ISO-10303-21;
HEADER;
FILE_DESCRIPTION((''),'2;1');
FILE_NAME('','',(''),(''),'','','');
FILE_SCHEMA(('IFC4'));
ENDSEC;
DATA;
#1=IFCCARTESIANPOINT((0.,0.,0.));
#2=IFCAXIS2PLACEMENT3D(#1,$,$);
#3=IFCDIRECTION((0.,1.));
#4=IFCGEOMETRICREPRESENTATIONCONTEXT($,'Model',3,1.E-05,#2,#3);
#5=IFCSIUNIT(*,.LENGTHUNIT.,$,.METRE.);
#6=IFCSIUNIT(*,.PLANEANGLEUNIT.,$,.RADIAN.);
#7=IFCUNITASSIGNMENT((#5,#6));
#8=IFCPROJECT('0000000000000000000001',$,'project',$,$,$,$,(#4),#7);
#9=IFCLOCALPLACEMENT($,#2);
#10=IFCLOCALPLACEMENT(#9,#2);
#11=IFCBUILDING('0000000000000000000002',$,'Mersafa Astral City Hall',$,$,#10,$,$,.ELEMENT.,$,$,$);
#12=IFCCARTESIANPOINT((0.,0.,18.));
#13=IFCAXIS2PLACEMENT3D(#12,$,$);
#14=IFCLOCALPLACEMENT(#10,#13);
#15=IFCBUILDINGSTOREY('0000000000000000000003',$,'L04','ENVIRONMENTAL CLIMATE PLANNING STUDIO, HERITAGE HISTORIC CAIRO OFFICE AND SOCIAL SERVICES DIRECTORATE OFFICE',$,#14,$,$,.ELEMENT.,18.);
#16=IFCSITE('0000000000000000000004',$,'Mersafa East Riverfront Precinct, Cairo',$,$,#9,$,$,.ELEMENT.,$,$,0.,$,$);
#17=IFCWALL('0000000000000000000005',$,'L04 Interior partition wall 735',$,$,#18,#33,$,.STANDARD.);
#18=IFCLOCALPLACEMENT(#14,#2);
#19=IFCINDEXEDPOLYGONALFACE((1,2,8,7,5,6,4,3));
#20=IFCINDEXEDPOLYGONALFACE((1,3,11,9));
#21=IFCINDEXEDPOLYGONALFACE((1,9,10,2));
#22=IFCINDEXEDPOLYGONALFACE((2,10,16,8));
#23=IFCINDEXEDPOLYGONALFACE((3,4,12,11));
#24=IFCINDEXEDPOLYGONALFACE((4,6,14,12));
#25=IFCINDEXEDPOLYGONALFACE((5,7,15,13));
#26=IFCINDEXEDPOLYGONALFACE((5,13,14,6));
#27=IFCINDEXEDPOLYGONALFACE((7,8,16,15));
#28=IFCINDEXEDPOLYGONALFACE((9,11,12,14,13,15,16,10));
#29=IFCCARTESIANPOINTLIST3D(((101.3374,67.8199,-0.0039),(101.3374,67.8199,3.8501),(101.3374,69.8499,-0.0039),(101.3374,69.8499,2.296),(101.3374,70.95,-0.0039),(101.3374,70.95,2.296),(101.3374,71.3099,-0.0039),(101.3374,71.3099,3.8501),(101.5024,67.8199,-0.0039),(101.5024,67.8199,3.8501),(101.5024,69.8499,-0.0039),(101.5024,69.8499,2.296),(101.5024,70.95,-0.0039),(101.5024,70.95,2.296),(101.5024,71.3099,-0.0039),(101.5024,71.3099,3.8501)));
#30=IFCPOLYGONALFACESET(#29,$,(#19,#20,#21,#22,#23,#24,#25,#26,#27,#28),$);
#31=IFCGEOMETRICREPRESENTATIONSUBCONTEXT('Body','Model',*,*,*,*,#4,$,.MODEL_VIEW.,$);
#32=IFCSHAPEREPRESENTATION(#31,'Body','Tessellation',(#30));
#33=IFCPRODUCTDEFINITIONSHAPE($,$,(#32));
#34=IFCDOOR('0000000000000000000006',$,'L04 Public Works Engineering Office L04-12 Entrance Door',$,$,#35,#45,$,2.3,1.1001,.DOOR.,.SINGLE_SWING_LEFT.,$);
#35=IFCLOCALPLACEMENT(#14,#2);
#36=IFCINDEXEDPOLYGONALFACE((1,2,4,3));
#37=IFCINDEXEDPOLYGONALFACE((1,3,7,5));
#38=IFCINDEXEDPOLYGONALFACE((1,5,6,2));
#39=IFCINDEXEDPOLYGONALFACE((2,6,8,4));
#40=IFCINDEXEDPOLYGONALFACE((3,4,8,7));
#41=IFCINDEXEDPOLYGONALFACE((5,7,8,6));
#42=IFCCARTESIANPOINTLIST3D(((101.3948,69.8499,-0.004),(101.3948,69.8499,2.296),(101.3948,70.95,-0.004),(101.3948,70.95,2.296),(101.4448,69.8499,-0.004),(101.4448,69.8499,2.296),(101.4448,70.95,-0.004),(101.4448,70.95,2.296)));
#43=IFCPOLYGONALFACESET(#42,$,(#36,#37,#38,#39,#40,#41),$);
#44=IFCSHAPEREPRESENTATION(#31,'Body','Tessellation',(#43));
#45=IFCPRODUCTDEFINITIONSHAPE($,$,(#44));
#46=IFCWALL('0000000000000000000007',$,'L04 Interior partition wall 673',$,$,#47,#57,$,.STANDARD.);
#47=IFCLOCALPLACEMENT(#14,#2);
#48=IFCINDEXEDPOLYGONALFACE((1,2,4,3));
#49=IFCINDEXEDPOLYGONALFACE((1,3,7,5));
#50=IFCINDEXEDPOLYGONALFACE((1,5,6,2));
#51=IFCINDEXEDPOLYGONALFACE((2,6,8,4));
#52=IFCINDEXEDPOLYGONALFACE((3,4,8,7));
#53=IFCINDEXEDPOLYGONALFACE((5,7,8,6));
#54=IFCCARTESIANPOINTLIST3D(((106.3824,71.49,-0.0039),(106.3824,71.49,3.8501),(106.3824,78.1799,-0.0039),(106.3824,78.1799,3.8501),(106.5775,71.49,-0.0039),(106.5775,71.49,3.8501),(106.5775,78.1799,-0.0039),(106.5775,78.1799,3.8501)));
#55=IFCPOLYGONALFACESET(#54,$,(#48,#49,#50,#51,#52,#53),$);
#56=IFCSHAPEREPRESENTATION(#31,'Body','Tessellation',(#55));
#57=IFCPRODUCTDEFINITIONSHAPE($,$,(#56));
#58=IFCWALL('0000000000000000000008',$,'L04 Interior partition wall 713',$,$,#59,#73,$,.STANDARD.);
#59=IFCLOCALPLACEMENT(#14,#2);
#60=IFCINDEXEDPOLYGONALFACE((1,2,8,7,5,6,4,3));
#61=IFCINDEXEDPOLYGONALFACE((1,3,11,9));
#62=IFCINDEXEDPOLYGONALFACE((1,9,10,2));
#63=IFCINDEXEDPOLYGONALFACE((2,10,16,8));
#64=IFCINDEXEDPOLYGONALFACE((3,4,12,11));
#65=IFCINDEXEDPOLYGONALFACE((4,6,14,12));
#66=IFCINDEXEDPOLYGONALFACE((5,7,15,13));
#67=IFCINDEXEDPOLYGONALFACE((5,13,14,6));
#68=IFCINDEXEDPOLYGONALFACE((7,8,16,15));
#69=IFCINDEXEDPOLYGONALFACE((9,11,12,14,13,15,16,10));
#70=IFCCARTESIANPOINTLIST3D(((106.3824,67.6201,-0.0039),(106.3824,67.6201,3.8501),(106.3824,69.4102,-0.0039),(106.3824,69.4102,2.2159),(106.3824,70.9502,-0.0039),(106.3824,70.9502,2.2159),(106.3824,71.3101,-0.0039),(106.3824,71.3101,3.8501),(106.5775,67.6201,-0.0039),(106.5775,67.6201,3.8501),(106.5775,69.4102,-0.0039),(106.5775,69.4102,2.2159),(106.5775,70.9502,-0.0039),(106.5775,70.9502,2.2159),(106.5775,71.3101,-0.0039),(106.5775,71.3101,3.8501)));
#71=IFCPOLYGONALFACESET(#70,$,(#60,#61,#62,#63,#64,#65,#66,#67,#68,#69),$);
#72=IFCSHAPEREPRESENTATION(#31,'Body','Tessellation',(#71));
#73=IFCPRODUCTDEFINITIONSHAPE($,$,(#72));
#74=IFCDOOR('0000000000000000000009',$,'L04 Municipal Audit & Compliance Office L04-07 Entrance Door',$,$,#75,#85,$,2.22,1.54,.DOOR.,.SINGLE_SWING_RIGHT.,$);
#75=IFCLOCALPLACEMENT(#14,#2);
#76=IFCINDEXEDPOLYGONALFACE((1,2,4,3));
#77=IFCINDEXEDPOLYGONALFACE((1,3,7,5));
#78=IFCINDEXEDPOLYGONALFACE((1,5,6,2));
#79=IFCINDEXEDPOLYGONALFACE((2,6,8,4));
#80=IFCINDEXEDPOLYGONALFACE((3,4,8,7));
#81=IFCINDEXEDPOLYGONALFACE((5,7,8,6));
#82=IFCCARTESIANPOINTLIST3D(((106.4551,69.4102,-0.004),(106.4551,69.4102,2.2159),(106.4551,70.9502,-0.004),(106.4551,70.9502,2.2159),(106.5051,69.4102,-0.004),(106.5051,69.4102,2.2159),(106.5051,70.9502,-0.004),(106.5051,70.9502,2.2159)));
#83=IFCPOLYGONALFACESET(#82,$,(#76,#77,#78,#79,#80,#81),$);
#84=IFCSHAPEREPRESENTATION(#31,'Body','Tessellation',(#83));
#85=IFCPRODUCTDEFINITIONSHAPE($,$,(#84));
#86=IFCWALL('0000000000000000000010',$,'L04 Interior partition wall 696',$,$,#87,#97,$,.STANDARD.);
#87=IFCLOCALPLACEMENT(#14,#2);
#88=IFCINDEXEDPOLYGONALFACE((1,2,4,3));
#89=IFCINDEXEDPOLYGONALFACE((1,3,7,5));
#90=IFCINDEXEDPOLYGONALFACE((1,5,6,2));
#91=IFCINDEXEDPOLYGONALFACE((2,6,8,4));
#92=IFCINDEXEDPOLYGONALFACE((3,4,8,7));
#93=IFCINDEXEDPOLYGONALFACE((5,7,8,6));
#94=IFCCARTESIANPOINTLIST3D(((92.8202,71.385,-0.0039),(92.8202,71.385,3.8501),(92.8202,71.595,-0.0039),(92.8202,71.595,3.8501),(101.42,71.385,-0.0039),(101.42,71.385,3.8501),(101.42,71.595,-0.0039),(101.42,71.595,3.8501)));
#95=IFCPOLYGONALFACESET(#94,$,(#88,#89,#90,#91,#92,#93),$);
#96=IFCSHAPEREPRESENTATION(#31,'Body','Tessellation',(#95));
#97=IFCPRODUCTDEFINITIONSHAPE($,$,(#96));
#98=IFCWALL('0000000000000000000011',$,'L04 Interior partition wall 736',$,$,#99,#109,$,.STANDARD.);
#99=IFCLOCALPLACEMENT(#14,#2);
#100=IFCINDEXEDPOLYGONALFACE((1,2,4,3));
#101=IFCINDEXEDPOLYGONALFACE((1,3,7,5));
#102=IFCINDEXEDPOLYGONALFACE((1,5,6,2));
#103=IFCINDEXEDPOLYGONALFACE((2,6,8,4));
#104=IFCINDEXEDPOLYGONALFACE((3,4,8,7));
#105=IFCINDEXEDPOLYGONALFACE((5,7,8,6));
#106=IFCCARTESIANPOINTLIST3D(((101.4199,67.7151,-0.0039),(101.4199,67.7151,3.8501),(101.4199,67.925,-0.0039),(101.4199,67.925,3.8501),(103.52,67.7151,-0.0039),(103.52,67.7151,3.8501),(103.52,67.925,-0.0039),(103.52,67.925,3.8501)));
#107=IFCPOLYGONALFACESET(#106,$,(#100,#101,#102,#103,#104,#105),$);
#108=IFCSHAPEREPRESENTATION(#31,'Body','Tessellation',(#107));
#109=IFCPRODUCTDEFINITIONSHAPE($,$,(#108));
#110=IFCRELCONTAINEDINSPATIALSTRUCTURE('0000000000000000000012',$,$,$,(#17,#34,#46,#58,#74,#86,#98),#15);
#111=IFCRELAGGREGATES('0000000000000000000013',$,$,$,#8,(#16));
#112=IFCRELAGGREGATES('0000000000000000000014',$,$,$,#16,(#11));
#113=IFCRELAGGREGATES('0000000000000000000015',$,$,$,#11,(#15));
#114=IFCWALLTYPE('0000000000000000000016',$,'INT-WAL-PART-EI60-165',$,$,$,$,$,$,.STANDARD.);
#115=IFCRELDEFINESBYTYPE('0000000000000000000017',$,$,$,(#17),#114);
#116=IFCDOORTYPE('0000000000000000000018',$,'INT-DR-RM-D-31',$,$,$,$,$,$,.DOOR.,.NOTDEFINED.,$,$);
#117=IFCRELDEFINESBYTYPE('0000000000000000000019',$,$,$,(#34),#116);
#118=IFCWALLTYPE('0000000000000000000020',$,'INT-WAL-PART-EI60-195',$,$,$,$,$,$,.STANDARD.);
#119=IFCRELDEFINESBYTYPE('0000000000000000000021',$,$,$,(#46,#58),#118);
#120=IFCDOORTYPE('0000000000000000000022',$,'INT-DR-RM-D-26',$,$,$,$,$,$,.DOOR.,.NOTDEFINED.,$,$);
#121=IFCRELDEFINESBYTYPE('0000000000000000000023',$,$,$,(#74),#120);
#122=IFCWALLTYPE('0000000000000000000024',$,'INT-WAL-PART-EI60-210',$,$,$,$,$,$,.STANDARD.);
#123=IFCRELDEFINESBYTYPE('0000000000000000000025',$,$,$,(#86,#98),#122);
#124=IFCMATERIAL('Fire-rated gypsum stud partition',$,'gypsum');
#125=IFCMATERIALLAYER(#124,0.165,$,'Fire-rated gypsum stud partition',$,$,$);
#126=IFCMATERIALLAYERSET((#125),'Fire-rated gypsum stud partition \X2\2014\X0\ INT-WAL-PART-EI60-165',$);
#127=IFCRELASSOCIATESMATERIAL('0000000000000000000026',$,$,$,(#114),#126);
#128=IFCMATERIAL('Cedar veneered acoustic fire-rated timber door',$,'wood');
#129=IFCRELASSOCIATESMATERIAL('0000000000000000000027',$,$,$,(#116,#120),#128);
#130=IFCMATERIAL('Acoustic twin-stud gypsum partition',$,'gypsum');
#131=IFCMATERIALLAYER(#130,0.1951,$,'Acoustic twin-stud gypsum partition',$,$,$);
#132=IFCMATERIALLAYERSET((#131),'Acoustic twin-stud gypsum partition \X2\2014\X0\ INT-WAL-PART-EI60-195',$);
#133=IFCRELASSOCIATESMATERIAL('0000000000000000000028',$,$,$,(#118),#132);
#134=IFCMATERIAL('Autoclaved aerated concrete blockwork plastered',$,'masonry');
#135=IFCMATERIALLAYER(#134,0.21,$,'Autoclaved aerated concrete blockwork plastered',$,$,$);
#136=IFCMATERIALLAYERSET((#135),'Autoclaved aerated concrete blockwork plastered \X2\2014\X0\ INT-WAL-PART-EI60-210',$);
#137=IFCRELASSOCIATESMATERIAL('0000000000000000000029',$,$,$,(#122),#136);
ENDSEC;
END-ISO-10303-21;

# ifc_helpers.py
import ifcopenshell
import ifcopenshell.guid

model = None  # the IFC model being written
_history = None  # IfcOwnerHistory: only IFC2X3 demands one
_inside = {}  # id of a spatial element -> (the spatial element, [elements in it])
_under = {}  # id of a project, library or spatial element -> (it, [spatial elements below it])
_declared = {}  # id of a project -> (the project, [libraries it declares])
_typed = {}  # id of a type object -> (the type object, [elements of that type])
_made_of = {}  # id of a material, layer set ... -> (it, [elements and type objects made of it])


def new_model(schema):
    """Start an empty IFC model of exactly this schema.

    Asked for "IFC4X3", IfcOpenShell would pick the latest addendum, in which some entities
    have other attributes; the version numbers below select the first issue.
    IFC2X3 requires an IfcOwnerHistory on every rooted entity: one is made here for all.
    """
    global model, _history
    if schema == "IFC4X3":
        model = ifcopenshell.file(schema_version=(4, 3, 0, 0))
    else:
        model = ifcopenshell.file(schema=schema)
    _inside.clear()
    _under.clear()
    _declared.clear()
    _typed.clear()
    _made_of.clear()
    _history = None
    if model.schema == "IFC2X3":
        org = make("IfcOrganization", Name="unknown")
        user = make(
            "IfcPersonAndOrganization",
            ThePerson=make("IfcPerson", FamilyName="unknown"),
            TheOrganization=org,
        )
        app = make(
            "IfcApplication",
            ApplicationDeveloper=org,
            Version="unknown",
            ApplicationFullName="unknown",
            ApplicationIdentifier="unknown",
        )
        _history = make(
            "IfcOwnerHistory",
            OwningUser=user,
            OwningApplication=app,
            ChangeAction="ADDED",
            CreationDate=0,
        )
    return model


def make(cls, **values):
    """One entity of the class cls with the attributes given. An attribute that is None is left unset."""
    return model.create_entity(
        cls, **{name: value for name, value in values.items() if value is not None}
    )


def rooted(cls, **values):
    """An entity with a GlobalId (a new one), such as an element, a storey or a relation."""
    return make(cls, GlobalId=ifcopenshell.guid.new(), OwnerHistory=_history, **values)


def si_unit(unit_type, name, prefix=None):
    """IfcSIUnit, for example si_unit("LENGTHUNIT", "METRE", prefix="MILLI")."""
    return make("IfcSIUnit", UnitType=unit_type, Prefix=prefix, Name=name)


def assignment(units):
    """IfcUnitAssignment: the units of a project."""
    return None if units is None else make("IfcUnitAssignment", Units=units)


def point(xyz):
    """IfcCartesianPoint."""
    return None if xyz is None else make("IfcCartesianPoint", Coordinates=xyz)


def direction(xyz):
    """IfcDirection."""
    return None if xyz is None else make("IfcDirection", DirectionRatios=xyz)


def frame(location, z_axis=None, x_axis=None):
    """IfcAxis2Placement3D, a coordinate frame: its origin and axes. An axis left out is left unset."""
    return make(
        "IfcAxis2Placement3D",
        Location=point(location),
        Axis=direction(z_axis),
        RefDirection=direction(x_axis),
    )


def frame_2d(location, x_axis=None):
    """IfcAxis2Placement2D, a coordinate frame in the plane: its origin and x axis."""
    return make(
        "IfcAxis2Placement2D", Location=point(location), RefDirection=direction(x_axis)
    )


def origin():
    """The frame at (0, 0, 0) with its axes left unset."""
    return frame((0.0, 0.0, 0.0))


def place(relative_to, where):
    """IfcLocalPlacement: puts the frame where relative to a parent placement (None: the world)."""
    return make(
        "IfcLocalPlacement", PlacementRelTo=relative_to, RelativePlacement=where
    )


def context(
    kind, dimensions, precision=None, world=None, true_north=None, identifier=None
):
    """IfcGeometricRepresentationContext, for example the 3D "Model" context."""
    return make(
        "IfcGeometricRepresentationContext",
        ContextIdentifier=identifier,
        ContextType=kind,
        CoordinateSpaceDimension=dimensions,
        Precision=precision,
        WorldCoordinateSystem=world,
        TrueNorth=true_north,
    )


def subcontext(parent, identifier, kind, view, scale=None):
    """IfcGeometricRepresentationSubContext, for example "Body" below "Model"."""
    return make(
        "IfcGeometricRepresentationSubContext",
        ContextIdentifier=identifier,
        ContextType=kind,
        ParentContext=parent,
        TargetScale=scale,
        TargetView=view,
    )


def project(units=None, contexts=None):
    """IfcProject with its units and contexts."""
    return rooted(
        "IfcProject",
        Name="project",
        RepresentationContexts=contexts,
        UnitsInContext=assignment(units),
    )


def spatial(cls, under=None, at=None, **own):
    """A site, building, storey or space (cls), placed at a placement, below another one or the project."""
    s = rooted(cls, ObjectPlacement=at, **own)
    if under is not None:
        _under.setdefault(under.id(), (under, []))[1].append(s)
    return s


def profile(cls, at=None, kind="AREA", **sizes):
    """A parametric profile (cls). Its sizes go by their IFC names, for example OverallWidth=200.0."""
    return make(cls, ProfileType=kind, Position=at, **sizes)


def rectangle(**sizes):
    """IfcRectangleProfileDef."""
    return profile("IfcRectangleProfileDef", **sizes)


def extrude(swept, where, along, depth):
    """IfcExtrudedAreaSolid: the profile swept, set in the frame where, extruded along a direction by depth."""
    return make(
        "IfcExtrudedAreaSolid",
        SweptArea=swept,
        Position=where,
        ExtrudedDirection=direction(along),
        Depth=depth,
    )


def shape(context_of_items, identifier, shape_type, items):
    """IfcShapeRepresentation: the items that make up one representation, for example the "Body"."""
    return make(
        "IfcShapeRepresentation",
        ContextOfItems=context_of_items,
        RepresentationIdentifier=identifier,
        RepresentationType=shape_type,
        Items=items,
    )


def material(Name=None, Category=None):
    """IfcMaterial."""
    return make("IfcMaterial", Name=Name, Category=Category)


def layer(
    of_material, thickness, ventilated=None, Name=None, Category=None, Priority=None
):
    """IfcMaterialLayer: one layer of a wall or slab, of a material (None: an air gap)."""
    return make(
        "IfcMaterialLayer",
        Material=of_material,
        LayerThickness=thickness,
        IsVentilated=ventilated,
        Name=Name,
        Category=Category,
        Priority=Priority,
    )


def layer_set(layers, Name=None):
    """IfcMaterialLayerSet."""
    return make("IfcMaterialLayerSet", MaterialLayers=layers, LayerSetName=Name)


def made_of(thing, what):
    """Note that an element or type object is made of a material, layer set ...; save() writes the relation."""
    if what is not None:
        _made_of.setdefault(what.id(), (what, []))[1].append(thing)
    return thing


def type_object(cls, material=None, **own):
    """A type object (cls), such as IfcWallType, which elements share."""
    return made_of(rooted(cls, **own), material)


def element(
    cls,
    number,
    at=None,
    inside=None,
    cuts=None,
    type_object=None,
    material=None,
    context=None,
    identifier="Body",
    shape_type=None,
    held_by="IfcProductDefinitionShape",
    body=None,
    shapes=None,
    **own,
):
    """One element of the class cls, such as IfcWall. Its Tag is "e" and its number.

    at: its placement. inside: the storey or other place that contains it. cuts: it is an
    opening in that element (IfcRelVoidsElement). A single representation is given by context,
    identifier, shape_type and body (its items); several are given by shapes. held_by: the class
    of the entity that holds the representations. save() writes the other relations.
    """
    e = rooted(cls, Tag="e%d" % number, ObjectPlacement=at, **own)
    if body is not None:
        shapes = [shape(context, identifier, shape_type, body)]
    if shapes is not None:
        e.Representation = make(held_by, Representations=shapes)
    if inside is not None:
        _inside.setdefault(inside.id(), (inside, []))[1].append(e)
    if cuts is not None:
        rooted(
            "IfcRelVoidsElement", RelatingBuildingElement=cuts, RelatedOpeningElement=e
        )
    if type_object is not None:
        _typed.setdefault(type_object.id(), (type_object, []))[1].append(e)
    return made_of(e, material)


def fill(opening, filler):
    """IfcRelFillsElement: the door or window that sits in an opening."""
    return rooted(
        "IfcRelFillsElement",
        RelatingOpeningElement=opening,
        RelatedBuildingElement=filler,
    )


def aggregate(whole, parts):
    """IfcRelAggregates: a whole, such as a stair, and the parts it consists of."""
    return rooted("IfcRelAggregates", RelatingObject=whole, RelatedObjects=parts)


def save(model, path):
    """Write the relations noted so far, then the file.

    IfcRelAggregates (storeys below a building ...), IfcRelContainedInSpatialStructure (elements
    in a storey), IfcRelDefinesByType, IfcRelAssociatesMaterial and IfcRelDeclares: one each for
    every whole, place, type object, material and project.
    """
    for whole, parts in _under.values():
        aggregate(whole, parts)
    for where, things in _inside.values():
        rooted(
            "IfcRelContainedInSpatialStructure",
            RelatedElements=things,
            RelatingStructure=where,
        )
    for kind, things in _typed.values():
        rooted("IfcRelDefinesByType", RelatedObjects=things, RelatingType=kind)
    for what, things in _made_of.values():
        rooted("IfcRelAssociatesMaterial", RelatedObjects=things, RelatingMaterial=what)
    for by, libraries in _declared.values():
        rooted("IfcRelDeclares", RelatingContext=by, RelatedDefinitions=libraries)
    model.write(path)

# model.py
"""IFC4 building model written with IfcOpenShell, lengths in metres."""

from ifc_helpers import new_model, si_unit, direction, frame, frame_2d, origin, place, context, subcontext, project, spatial, rectangle, extrude, material, layer, layer_set, type_object, element, fill, save


model = new_model("IFC4")

# Units and contexts
model_context = context("Model", 3, precision=1e-05, world=origin(), true_north=direction((0.0, 1.0)))
body_context = subcontext(model_context, "Body", "Model", "MODEL_VIEW")
ifc_project = project(units=[si_unit("LENGTHUNIT", "METRE"), si_unit("PLANEANGLEUNIT", "RADIAN")], contexts=[model_context])

# Site, building, storey
site_placement = place(None, origin())
site = spatial("IfcSite", under=ifc_project, at=site_placement, Name="Mersafa East Riverfront Precinct, Cairo", CompositionType="ELEMENT", RefElevation=0.0)
building_placement = place(site_placement, origin())
building = spatial("IfcBuilding", under=site, at=building_placement, Name="Mersafa Astral City Hall", CompositionType="ELEMENT")
storey_placement = place(building_placement, frame((0.0, 0.0, 18.0)))
storey = spatial("IfcBuildingStorey", under=building, at=storey_placement, Name="L04", Description="ENVIRONMENTAL CLIMATE PLANNING STUDIO, HERITAGE HISTORIC CAIRO OFFICE AND SOCIAL SERVICES DIRECTORATE OFFICE", CompositionType="ELEMENT", Elevation=18.0)

# Wall, opening, door
ifc_material_1 = material(Name="Fire-rated gypsum stud partition", Category="gypsum")
ifc_layer_1 = layer(ifc_material_1, 0.165, Name="Fire-rated gypsum stud partition")
ifc_layer_set_1 = layer_set([ifc_layer_1], Name="Fire-rated gypsum stud partition — INT-WAL-PART-EI60-165")
wall_type_1 = type_object("IfcWallType", Name="INT-WAL-PART-EI60-165", PredefinedType="STANDARD", material=ifc_layer_set_1)
wall_1_placement = place(storey_placement, frame((101.4199, 71.3101, -0.0039), z_axis=(0.0, 0.0, 1.0), x_axis=(0.0, -1.0, 0.0)))
wall_1 = element("IfcWall", 1, at=wall_1_placement, inside=storey, type_object=wall_type_1, Name="L04 Interior partition wall 735", PredefinedType="STANDARD", context=body_context, shape_type="SweptSolid", body=[
    extrude(rectangle(XDim=3.49, YDim=0.165, at=frame_2d((1.7451, 0.0))), origin(), (0.0, 0.0, 1.0), 3.854),
])
opening_1_placement = place(wall_1_placement, frame((0.3601, 0.0, 0.0)))
opening_1 = element("IfcOpeningElement", 2, at=opening_1_placement, cuts=wall_1, PredefinedType="OPENING", context=body_context, shape_type="SweptSolid", body=[
    extrude(rectangle(XDim=1.1001, YDim=2.3, at=frame_2d((0.55, 1.1499))), frame((0.0, 0.0925, 0.0), z_axis=(0.0, -1.0, 0.0), x_axis=(1.0, 0.0, 0.0)), (0.0, 0.0, 1.0), 0.1851),
])
ifc_material_2 = material(Name="Cedar veneered acoustic fire-rated timber door", Category="wood")
door_type_1 = type_object("IfcDoorType", Name="INT-DR-RM-D-31", OperationType="NOTDEFINED", PredefinedType="DOOR", material=ifc_material_2)
door_1_placement = place(opening_1_placement, origin())
door_1 = element("IfcDoor", 3, at=door_1_placement, inside=storey, type_object=door_type_1, Name="L04 Public Works Engineering Office L04-12 Entrance Door", OperationType="SINGLE_SWING_LEFT", OverallHeight=2.3, OverallWidth=1.1001, PredefinedType="DOOR", context=body_context, shape_type="SweptSolid", body=[
    extrude(rectangle(XDim=1.1001, YDim=2.3, at=frame_2d((0.55, 1.1499))), frame((0.0, 0.0249, 0.0), z_axis=(0.0, -1.0, 0.0), x_axis=(1.0, 0.0, 0.0)), (0.0, 0.0, 1.0), 0.05),
])
fill(opening_1, door_1)

# Wall
ifc_material_3 = material(Name="Acoustic twin-stud gypsum partition", Category="gypsum")
ifc_layer_2 = layer(ifc_material_3, 0.1951, Name="Acoustic twin-stud gypsum partition")
ifc_layer_set_2 = layer_set([ifc_layer_2], Name="Acoustic twin-stud gypsum partition — INT-WAL-PART-EI60-195")
wall_type_2 = type_object("IfcWallType", Name="INT-WAL-PART-EI60-195", PredefinedType="STANDARD", material=ifc_layer_set_2)
wall_2_placement = place(storey_placement, frame((106.48, 71.49, -0.0039), z_axis=(0.0, 0.0, 1.0), x_axis=(0.0, 1.0, 0.0)))
element("IfcWall", 4, at=wall_2_placement, inside=storey, type_object=wall_type_2, Name="L04 Interior partition wall 673", PredefinedType="STANDARD", context=body_context, shape_type="SweptSolid", body=[
    extrude(rectangle(XDim=6.6899, YDim=0.1951, at=frame_2d((3.345, 0.0))), origin(), (0.0, 0.0, 1.0), 3.854),
])

# Wall, opening, door
wall_3_placement = place(storey_placement, frame((106.48, 67.6201, -0.0039), z_axis=(0.0, 0.0, 1.0), x_axis=(0.0, 1.0, 0.0)))
wall_3 = element("IfcWall", 5, at=wall_3_placement, inside=storey, type_object=wall_type_2, Name="L04 Interior partition wall 713", PredefinedType="STANDARD", context=body_context, shape_type="SweptSolid", body=[
    extrude(rectangle(XDim=3.6899, YDim=0.1951, at=frame_2d((1.845, 0.0))), origin(), (0.0, 0.0, 1.0), 3.854),
])
opening_2_placement = place(wall_3_placement, frame((1.79, 0.0, 0.0)))
opening_2 = element("IfcOpeningElement", 6, at=opening_2_placement, cuts=wall_3, PredefinedType="OPENING", context=body_context, shape_type="SweptSolid", body=[
    extrude(rectangle(XDim=1.54, YDim=2.22, at=frame_2d((0.77, 1.1099))), frame((0.0, 0.1074, 0.0), z_axis=(0.0, -1.0, 0.0), x_axis=(1.0, 0.0, 0.0)), (0.0, 0.0, 1.0), 0.2151),
])
door_type_2 = type_object("IfcDoorType", Name="INT-DR-RM-D-26", OperationType="NOTDEFINED", PredefinedType="DOOR", material=ifc_material_2)
door_2_placement = place(opening_2_placement, origin())
door_2 = element("IfcDoor", 7, at=door_2_placement, inside=storey, type_object=door_type_2, Name="L04 Municipal Audit & Compliance Office L04-07 Entrance Door", OperationType="SINGLE_SWING_RIGHT", OverallHeight=2.22, OverallWidth=1.54, PredefinedType="DOOR", context=body_context, shape_type="SweptSolid", body=[
    extrude(rectangle(XDim=1.54, YDim=2.22, at=frame_2d((0.77, 1.1099))), frame((0.0, 0.0249, 0.0), z_axis=(0.0, -1.0, 0.0), x_axis=(1.0, 0.0, 0.0)), (0.0, 0.0, 1.0), 0.05),
])
fill(opening_2, door_2)

# Walls
ifc_material_4 = material(Name="Autoclaved aerated concrete blockwork plastered", Category="masonry")
ifc_layer_3 = layer(ifc_material_4, 0.21, Name="Autoclaved aerated concrete blockwork plastered")
ifc_layer_set_3 = layer_set([ifc_layer_3], Name="Autoclaved aerated concrete blockwork plastered — INT-WAL-PART-EI60-210")
wall_type_3 = type_object("IfcWallType", Name="INT-WAL-PART-EI60-210", PredefinedType="STANDARD", material=ifc_layer_set_3)
wall_4_placement = place(storey_placement, frame((101.4199, 71.49, -0.0039), z_axis=(0.0, 0.0, 1.0), x_axis=(-1.0, 0.0, 0.0)))
element("IfcWall", 8, at=wall_4_placement, inside=storey, type_object=wall_type_3, Name="L04 Interior partition wall 696", PredefinedType="STANDARD", context=body_context, shape_type="SweptSolid", body=[
    extrude(rectangle(XDim=8.5999, YDim=0.21, at=frame_2d((4.2998, 0.0))), origin(), (0.0, 0.0, 1.0), 3.854),
])
wall_5_placement = place(storey_placement, frame((101.4199, 67.8201, -0.0039), z_axis=(0.0, 0.0, 1.0), x_axis=(1.0, 0.0, 0.0)))
element("IfcWall", 9, at=wall_5_placement, inside=storey, type_object=wall_type_3, Name="L04 Interior partition wall 736", PredefinedType="STANDARD", context=body_context, shape_type="SweptSolid", body=[
    extrude(rectangle(XDim=2.1001, YDim=0.21, at=frame_2d((1.05, 0.0))), origin(), (0.0, 0.0, 1.0), 3.854),
])

save(model, "model.ifc")
